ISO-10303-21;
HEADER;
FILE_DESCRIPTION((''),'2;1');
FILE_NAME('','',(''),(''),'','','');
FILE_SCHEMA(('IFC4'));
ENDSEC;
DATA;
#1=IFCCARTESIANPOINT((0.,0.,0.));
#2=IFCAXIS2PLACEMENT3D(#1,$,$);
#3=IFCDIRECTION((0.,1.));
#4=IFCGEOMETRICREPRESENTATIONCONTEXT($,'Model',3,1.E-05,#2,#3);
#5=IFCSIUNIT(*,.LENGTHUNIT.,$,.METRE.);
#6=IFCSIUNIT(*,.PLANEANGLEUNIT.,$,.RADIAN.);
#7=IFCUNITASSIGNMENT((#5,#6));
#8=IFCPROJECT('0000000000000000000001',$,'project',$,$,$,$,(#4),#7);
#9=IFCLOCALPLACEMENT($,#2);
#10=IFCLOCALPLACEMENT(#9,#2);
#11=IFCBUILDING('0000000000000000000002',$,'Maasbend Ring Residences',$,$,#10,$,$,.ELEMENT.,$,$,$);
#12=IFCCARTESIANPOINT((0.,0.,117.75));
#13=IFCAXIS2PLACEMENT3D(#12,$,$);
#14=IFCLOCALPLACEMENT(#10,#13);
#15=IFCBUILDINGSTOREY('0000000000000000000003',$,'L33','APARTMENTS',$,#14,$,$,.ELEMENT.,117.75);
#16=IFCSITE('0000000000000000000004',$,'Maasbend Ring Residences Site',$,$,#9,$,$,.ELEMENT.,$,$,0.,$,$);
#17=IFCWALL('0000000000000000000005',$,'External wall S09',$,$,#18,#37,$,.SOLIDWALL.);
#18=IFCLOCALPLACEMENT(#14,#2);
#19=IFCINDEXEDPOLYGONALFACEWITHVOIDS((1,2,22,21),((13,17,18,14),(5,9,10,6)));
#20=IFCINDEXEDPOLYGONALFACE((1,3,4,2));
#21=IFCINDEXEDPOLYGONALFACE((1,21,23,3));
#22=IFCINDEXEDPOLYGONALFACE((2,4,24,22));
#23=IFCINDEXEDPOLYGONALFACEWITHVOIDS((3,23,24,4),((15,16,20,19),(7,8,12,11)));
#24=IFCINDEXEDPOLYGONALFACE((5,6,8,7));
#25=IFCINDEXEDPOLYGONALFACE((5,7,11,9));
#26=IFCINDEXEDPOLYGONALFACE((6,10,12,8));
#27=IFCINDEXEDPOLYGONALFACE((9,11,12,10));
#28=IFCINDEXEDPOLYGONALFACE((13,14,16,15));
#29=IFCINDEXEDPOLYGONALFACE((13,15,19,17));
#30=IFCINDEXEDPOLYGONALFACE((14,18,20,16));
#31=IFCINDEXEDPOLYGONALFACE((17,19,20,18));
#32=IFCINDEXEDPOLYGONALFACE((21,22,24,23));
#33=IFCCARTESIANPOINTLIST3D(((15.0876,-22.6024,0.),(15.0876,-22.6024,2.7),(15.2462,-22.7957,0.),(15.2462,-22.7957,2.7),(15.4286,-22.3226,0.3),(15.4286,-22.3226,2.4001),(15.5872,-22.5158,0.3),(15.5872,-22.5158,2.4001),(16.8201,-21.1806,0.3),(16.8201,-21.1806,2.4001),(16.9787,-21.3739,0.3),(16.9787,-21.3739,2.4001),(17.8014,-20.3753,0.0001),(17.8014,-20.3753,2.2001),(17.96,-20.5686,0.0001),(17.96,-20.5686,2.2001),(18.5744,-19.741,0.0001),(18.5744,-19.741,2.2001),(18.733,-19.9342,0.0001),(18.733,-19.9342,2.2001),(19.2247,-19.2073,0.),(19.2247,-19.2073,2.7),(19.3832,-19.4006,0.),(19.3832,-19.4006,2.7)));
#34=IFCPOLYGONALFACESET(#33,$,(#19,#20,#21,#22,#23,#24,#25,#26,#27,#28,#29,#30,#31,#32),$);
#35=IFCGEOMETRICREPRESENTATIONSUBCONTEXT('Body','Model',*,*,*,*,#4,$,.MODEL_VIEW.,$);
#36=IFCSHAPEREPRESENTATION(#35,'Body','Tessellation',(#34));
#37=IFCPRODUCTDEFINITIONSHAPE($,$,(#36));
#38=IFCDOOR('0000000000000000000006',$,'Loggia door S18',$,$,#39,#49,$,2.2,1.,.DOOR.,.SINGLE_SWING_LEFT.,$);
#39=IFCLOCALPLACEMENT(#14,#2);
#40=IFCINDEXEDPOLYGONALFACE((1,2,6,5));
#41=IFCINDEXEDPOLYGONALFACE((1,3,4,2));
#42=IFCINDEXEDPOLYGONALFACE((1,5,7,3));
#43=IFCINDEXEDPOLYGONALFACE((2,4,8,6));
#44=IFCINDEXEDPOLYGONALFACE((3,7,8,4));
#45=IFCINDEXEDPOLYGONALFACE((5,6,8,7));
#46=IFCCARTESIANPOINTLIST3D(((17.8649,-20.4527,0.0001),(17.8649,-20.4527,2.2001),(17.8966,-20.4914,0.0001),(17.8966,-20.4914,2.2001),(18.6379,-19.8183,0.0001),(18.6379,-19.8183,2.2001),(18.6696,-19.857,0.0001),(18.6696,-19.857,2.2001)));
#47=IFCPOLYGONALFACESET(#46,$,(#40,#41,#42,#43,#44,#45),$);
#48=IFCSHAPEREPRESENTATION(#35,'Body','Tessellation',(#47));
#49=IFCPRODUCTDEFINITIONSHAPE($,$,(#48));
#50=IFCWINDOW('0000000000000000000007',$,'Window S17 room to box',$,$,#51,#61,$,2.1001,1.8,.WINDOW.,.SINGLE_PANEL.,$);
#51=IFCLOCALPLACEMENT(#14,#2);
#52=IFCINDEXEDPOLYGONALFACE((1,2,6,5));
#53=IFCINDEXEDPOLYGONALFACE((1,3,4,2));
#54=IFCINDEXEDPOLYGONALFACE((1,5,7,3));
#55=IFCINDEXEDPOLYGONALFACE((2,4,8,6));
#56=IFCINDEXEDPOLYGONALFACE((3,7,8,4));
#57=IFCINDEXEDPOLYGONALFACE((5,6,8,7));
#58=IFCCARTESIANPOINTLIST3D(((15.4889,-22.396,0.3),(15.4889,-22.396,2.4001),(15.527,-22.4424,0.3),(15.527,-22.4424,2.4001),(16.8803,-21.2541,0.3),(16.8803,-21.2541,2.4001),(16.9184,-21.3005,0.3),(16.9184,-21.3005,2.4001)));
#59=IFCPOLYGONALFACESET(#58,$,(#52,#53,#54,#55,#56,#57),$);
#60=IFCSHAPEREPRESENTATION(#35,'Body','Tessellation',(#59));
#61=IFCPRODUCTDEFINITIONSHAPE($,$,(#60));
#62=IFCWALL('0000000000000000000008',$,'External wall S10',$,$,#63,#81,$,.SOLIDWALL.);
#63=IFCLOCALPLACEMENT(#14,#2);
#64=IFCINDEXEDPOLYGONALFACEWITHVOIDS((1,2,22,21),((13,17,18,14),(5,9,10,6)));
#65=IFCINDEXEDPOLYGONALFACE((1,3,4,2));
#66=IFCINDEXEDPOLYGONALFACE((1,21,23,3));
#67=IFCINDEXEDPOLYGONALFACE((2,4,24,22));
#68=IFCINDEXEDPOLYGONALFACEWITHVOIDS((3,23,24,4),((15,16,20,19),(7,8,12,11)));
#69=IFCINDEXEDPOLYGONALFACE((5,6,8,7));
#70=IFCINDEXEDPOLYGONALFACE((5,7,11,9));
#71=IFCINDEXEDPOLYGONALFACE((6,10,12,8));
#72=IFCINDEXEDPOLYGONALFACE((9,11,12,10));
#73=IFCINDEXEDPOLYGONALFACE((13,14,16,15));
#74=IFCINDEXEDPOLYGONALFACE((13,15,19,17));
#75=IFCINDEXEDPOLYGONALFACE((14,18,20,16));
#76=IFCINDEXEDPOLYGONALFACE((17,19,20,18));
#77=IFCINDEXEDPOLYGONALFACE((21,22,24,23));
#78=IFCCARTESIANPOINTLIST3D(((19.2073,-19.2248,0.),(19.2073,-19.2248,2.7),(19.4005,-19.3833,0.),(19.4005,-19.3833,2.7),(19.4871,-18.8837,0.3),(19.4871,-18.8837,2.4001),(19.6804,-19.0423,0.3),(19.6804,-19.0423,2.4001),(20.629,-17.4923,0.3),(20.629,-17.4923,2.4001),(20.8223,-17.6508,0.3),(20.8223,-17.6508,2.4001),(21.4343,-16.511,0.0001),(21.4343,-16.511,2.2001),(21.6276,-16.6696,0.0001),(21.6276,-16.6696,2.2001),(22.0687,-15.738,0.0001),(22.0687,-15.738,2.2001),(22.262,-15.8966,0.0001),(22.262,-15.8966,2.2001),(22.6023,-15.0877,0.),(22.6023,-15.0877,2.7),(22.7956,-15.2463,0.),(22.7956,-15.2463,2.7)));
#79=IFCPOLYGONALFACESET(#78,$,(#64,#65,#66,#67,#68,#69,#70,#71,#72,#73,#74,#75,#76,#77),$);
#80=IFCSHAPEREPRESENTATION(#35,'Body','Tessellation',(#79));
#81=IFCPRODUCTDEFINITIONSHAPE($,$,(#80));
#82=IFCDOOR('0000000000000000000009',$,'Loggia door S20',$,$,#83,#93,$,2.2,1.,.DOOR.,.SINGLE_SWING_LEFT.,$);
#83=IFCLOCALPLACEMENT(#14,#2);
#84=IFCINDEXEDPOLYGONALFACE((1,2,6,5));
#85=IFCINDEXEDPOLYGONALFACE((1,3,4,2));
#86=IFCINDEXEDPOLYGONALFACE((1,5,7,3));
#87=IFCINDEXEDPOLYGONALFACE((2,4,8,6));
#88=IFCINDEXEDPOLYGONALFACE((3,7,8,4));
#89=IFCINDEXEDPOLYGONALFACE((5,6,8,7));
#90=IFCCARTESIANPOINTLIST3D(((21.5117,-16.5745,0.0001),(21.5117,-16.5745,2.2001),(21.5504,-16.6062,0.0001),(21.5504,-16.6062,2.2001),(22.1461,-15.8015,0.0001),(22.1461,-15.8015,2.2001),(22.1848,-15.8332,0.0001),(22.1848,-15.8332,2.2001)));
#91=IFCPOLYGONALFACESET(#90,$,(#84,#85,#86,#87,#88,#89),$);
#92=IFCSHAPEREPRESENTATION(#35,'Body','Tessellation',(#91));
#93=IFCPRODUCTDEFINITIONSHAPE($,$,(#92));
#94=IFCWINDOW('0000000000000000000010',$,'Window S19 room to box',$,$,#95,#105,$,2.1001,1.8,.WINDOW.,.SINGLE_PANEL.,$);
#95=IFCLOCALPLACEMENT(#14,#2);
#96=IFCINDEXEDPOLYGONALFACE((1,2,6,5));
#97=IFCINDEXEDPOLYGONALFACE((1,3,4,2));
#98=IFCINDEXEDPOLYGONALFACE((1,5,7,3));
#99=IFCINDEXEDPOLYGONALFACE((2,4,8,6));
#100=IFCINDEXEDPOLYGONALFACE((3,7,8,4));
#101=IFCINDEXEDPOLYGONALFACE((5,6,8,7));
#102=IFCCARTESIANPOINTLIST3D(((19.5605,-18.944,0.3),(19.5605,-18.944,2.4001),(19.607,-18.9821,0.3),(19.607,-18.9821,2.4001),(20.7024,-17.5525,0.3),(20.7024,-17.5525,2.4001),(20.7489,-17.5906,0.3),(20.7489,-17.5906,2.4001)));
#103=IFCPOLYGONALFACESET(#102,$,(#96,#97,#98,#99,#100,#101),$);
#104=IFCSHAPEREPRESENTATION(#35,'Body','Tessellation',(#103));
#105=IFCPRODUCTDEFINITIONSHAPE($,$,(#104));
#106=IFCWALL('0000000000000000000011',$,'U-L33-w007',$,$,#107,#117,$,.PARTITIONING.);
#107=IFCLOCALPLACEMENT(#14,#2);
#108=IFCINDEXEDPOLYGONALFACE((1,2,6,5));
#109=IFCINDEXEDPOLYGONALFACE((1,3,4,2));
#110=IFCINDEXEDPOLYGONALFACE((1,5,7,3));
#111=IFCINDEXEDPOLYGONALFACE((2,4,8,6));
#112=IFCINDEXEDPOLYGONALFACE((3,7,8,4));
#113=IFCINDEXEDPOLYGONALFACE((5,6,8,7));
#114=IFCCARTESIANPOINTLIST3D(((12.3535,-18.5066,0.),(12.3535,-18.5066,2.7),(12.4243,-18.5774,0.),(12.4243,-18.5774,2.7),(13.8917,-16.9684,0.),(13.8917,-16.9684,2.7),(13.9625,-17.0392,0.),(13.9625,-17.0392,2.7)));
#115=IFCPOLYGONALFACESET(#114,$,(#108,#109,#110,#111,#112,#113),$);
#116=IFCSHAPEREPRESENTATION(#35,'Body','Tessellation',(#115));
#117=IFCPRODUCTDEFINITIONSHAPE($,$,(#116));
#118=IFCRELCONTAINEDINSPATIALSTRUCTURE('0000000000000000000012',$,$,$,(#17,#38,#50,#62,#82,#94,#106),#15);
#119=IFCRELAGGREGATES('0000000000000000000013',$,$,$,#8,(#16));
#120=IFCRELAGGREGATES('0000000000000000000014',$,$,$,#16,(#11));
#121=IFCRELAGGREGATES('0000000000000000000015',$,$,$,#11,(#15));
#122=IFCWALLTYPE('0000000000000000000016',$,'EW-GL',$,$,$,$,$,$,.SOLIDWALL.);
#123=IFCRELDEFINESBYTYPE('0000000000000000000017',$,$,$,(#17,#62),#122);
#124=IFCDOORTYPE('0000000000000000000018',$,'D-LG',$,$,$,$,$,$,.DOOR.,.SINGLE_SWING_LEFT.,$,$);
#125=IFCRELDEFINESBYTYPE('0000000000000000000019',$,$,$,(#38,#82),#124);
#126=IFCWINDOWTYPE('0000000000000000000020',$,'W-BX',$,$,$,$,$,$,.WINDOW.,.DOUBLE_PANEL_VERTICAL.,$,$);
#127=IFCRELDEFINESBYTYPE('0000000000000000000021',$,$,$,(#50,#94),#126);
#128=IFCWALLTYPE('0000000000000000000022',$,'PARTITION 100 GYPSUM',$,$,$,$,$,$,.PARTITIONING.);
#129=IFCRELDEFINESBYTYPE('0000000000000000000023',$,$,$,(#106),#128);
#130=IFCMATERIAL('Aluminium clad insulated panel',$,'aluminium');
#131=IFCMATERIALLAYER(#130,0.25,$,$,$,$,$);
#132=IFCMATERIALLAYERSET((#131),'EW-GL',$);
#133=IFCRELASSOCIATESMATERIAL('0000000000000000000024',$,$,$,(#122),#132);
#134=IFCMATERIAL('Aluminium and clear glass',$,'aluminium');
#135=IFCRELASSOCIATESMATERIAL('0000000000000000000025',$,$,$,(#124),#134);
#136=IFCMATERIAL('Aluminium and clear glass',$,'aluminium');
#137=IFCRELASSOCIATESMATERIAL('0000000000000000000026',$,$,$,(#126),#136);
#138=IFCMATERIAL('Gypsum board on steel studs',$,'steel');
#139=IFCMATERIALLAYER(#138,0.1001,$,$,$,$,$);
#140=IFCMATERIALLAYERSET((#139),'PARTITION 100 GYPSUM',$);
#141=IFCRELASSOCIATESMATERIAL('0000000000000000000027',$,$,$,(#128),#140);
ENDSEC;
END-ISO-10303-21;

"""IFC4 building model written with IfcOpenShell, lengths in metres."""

from ifc_helpers import new_model, si_unit, direction, frame, frame_2d, origin, place, context, subcontext, project, spatial, rectangle, extrude, material, layer, layer_set, type_object, element, fill, save


model = new_model("IFC4")

# Units and contexts
model_context = context("Model", 3, precision=1e-05, world=origin(), true_north=direction((0.0, 1.0)))
body_context = subcontext(model_context, "Body", "Model", "MODEL_VIEW")
ifc_project = project(units=[si_unit("LENGTHUNIT", "METRE"), si_unit("PLANEANGLEUNIT", "RADIAN")], contexts=[model_context])

# Site, building, storey
site_placement = place(None, origin())
site = spatial("IfcSite", under=ifc_project, at=site_placement, Name="Maasbend Ring Residences Site", CompositionType="ELEMENT", RefElevation=0.0)
building_placement = place(site_placement, origin())
building = spatial("IfcBuilding", under=site, at=building_placement, Name="Maasbend Ring Residences", CompositionType="ELEMENT")
storey_placement = place(building_placement, frame((0.0, 0.0, 117.75)))
storey = spatial("IfcBuildingStorey", under=building, at=storey_placement, Name="L33", Description="APARTMENTS", CompositionType="ELEMENT", Elevation=117.75)

# Walls, openings, doors, windows
ifc_material_1 = material(Name="Aluminium clad insulated panel", Category="aluminium")
ifc_layer_1 = layer(ifc_material_1, 0.25)
ifc_layer_set_1 = layer_set([ifc_layer_1], Name="EW-GL")
wall_type_1 = type_object("IfcWallType", Name="EW-GL", PredefinedType="SOLIDWALL", material=ifc_layer_set_1)
wall_1_placement = place(storey_placement, frame((15.167, -22.699, 0.0), z_axis=(0.0, 0.0, 1.0), x_axis=(0.773019, 0.634382, 0.0)))
wall_1 = element("IfcWall", 1, at=wall_1_placement, inside=storey, type_object=wall_type_1, Name="External wall S09", PredefinedType="SOLIDWALL", context=body_context, shape_type="SweptSolid", body=[
    extrude(rectangle(XDim=5.3518, YDim=0.25, at=frame_2d((2.6758, 0.0))), origin(), (0.0, 0.0, 1.0), 2.7),
])
opening_1_placement = place(wall_1_placement, frame((0.4412, 0.0, 0.3)))
opening_1 = element("IfcOpeningElement", 2, at=opening_1_placement, cuts=wall_1, PredefinedType="OPENING", context=body_context, shape_type="SweptSolid", body=[
    extrude(rectangle(XDim=1.8, YDim=2.1001, at=frame_2d((0.8999, 1.05))), frame((0.0, 0.135, 0.0), z_axis=(0.0, -1.0, 0.0), x_axis=(1.0, 0.0, 0.0)), (0.0, 0.0, 1.0), 0.27),
])
opening_2_placement = place(wall_1_placement, frame((3.5105, 0.0, 0.0)))
opening_2 = element("IfcOpeningElement", 3, at=opening_2_placement, cuts=wall_1, PredefinedType="OPENING", context=body_context, shape_type="SweptSolid", body=[
    extrude(rectangle(XDim=1.0, YDim=2.2, at=frame_2d((0.5, 1.1001))), frame((0.0, 0.135, 0.0), z_axis=(0.0, -1.0, 0.0), x_axis=(1.0, 0.0, 0.0)), (0.0, 0.0, 1.0), 0.27),
])
ifc_material_2 = material(Name="Aluminium and clear glass", Category="aluminium")
door_type = type_object("IfcDoorType", Name="D-LG", OperationType="SINGLE_SWING_LEFT", PredefinedType="DOOR", material=ifc_material_2)
door_1_placement = place(opening_2_placement, origin())
door_1 = element("IfcDoor", 4, at=door_1_placement, inside=storey, type_object=door_type, Name="Loggia door S18", OperationType="SINGLE_SWING_LEFT", OverallHeight=2.2, OverallWidth=1.0, PredefinedType="DOOR", context=body_context, shape_type="SweptSolid", body=[
    extrude(rectangle(XDim=1.0, YDim=2.2, at=frame_2d((0.5, 1.1001))), frame((0.0, 0.0249, 0.0), z_axis=(0.0, -1.0, 0.0), x_axis=(1.0, 0.0, 0.0)), (0.0, 0.0, 1.0), 0.05),
])
fill(opening_2, door_1)
ifc_material_3 = material(Name="Aluminium and clear glass", Category="aluminium")
window_type_1 = type_object("IfcWindowType", Name="W-BX", PartitioningType="DOUBLE_PANEL_VERTICAL", PredefinedType="WINDOW", material=ifc_material_3)
window_1_placement = place(opening_1_placement, origin())
window_1 = element("IfcWindow", 5, at=window_1_placement, inside=storey, type_object=window_type_1, Name="Window S17 room to box", OverallHeight=2.1001, OverallWidth=1.8, PartitioningType="SINGLE_PANEL", PredefinedType="WINDOW", context=body_context, shape_type="SweptSolid", body=[
    extrude(rectangle(XDim=1.8, YDim=2.1001, at=frame_2d((0.8999, 1.05))), frame((0.0, 0.03, 0.0), z_axis=(0.0, -1.0, 0.0), x_axis=(1.0, 0.0, 0.0)), (0.0, 0.0, 1.0), 0.0601),
])
fill(opening_1, window_1)
wall_2_placement = place(storey_placement, frame((19.304, -19.304, 0.0), z_axis=(0.0, 0.0, 1.0), x_axis=(0.634382, 0.773019, 0.0)))
wall_2 = element("IfcWall", 6, at=wall_2_placement, inside=storey, type_object=wall_type_1, Name="External wall S10", PredefinedType="SOLIDWALL", context=body_context, shape_type="SweptSolid", body=[
    extrude(rectangle(XDim=5.3518, YDim=0.25, at=frame_2d((2.6758, 0.0))), origin(), (0.0, 0.0, 1.0), 2.7),
])
opening_3_placement = place(wall_2_placement, frame((0.4412, 0.0, 0.3)))
opening_3 = element("IfcOpeningElement", 7, at=opening_3_placement, cuts=wall_2, PredefinedType="OPENING", context=body_context, shape_type="SweptSolid", body=[
    extrude(rectangle(XDim=1.8, YDim=2.1001, at=frame_2d((0.8999, 1.05))), frame((0.0, 0.135, 0.0), z_axis=(0.0, -1.0, 0.0), x_axis=(1.0, 0.0, 0.0)), (0.0, 0.0, 1.0), 0.27),
])
opening_4_placement = place(wall_2_placement, frame((3.5105, 0.0, 0.0)))
opening_4 = element("IfcOpeningElement", 8, at=opening_4_placement, cuts=wall_2, PredefinedType="OPENING", context=body_context, shape_type="SweptSolid", body=[
    extrude(rectangle(XDim=1.0, YDim=2.2, at=frame_2d((0.5, 1.1001))), frame((0.0, 0.135, 0.0), z_axis=(0.0, -1.0, 0.0), x_axis=(1.0, 0.0, 0.0)), (0.0, 0.0, 1.0), 0.27),
])
door_2_placement = place(opening_4_placement, origin())
door_2 = element("IfcDoor", 9, at=door_2_placement, inside=storey, type_object=door_type, Name="Loggia door S20", OperationType="SINGLE_SWING_LEFT", OverallHeight=2.2, OverallWidth=1.0, PredefinedType="DOOR", context=body_context, shape_type="SweptSolid", body=[
    extrude(rectangle(XDim=1.0, YDim=2.2, at=frame_2d((0.5, 1.1001))), frame((0.0, 0.0249, 0.0), z_axis=(0.0, -1.0, 0.0), x_axis=(1.0, 0.0, 0.0)), (0.0, 0.0, 1.0), 0.05),
])
fill(opening_4, door_2)
window_2_placement = place(opening_3_placement, origin())
window_2 = element("IfcWindow", 10, at=window_2_placement, inside=storey, type_object=window_type_1, Name="Window S19 room to box", OverallHeight=2.1001, OverallWidth=1.8, PartitioningType="SINGLE_PANEL", PredefinedType="WINDOW", context=body_context, shape_type="SweptSolid", body=[
    extrude(rectangle(XDim=1.8, YDim=2.1001, at=frame_2d((0.8999, 1.05))), frame((0.0, 0.03, 0.0), z_axis=(0.0, -1.0, 0.0), x_axis=(1.0, 0.0, 0.0)), (0.0, 0.0, 1.0), 0.0601),
])
fill(opening_3, window_2)

# Wall
ifc_material_4 = material(Name="Gypsum board on steel studs", Category="steel")
ifc_layer_2 = layer(ifc_material_4, 0.1001)
ifc_layer_set_2 = layer_set([ifc_layer_2], Name="PARTITION 100 GYPSUM")
wall_type_2 = type_object("IfcWallType", Name="PARTITION 100 GYPSUM", PredefinedType="PARTITIONING", material=ifc_layer_set_2)
wall_3_placement = place(storey_placement, frame((12.3889, -18.542, 0.0), z_axis=(0.0, 0.0, 1.0), x_axis=(0.707107, 0.707107, 0.0)))
element("IfcWall", 11, at=wall_3_placement, inside=storey, type_object=wall_type_2, Name="U-L33-w007", PredefinedType="PARTITIONING", context=body_context, shape_type="SweptSolid", body=[
    extrude(rectangle(XDim=2.1753, YDim=0.1001, at=frame_2d((1.0876, 0.0))), origin(), (0.0, 0.0, 1.0), 2.7),
])

save(model, "model.ifc")
